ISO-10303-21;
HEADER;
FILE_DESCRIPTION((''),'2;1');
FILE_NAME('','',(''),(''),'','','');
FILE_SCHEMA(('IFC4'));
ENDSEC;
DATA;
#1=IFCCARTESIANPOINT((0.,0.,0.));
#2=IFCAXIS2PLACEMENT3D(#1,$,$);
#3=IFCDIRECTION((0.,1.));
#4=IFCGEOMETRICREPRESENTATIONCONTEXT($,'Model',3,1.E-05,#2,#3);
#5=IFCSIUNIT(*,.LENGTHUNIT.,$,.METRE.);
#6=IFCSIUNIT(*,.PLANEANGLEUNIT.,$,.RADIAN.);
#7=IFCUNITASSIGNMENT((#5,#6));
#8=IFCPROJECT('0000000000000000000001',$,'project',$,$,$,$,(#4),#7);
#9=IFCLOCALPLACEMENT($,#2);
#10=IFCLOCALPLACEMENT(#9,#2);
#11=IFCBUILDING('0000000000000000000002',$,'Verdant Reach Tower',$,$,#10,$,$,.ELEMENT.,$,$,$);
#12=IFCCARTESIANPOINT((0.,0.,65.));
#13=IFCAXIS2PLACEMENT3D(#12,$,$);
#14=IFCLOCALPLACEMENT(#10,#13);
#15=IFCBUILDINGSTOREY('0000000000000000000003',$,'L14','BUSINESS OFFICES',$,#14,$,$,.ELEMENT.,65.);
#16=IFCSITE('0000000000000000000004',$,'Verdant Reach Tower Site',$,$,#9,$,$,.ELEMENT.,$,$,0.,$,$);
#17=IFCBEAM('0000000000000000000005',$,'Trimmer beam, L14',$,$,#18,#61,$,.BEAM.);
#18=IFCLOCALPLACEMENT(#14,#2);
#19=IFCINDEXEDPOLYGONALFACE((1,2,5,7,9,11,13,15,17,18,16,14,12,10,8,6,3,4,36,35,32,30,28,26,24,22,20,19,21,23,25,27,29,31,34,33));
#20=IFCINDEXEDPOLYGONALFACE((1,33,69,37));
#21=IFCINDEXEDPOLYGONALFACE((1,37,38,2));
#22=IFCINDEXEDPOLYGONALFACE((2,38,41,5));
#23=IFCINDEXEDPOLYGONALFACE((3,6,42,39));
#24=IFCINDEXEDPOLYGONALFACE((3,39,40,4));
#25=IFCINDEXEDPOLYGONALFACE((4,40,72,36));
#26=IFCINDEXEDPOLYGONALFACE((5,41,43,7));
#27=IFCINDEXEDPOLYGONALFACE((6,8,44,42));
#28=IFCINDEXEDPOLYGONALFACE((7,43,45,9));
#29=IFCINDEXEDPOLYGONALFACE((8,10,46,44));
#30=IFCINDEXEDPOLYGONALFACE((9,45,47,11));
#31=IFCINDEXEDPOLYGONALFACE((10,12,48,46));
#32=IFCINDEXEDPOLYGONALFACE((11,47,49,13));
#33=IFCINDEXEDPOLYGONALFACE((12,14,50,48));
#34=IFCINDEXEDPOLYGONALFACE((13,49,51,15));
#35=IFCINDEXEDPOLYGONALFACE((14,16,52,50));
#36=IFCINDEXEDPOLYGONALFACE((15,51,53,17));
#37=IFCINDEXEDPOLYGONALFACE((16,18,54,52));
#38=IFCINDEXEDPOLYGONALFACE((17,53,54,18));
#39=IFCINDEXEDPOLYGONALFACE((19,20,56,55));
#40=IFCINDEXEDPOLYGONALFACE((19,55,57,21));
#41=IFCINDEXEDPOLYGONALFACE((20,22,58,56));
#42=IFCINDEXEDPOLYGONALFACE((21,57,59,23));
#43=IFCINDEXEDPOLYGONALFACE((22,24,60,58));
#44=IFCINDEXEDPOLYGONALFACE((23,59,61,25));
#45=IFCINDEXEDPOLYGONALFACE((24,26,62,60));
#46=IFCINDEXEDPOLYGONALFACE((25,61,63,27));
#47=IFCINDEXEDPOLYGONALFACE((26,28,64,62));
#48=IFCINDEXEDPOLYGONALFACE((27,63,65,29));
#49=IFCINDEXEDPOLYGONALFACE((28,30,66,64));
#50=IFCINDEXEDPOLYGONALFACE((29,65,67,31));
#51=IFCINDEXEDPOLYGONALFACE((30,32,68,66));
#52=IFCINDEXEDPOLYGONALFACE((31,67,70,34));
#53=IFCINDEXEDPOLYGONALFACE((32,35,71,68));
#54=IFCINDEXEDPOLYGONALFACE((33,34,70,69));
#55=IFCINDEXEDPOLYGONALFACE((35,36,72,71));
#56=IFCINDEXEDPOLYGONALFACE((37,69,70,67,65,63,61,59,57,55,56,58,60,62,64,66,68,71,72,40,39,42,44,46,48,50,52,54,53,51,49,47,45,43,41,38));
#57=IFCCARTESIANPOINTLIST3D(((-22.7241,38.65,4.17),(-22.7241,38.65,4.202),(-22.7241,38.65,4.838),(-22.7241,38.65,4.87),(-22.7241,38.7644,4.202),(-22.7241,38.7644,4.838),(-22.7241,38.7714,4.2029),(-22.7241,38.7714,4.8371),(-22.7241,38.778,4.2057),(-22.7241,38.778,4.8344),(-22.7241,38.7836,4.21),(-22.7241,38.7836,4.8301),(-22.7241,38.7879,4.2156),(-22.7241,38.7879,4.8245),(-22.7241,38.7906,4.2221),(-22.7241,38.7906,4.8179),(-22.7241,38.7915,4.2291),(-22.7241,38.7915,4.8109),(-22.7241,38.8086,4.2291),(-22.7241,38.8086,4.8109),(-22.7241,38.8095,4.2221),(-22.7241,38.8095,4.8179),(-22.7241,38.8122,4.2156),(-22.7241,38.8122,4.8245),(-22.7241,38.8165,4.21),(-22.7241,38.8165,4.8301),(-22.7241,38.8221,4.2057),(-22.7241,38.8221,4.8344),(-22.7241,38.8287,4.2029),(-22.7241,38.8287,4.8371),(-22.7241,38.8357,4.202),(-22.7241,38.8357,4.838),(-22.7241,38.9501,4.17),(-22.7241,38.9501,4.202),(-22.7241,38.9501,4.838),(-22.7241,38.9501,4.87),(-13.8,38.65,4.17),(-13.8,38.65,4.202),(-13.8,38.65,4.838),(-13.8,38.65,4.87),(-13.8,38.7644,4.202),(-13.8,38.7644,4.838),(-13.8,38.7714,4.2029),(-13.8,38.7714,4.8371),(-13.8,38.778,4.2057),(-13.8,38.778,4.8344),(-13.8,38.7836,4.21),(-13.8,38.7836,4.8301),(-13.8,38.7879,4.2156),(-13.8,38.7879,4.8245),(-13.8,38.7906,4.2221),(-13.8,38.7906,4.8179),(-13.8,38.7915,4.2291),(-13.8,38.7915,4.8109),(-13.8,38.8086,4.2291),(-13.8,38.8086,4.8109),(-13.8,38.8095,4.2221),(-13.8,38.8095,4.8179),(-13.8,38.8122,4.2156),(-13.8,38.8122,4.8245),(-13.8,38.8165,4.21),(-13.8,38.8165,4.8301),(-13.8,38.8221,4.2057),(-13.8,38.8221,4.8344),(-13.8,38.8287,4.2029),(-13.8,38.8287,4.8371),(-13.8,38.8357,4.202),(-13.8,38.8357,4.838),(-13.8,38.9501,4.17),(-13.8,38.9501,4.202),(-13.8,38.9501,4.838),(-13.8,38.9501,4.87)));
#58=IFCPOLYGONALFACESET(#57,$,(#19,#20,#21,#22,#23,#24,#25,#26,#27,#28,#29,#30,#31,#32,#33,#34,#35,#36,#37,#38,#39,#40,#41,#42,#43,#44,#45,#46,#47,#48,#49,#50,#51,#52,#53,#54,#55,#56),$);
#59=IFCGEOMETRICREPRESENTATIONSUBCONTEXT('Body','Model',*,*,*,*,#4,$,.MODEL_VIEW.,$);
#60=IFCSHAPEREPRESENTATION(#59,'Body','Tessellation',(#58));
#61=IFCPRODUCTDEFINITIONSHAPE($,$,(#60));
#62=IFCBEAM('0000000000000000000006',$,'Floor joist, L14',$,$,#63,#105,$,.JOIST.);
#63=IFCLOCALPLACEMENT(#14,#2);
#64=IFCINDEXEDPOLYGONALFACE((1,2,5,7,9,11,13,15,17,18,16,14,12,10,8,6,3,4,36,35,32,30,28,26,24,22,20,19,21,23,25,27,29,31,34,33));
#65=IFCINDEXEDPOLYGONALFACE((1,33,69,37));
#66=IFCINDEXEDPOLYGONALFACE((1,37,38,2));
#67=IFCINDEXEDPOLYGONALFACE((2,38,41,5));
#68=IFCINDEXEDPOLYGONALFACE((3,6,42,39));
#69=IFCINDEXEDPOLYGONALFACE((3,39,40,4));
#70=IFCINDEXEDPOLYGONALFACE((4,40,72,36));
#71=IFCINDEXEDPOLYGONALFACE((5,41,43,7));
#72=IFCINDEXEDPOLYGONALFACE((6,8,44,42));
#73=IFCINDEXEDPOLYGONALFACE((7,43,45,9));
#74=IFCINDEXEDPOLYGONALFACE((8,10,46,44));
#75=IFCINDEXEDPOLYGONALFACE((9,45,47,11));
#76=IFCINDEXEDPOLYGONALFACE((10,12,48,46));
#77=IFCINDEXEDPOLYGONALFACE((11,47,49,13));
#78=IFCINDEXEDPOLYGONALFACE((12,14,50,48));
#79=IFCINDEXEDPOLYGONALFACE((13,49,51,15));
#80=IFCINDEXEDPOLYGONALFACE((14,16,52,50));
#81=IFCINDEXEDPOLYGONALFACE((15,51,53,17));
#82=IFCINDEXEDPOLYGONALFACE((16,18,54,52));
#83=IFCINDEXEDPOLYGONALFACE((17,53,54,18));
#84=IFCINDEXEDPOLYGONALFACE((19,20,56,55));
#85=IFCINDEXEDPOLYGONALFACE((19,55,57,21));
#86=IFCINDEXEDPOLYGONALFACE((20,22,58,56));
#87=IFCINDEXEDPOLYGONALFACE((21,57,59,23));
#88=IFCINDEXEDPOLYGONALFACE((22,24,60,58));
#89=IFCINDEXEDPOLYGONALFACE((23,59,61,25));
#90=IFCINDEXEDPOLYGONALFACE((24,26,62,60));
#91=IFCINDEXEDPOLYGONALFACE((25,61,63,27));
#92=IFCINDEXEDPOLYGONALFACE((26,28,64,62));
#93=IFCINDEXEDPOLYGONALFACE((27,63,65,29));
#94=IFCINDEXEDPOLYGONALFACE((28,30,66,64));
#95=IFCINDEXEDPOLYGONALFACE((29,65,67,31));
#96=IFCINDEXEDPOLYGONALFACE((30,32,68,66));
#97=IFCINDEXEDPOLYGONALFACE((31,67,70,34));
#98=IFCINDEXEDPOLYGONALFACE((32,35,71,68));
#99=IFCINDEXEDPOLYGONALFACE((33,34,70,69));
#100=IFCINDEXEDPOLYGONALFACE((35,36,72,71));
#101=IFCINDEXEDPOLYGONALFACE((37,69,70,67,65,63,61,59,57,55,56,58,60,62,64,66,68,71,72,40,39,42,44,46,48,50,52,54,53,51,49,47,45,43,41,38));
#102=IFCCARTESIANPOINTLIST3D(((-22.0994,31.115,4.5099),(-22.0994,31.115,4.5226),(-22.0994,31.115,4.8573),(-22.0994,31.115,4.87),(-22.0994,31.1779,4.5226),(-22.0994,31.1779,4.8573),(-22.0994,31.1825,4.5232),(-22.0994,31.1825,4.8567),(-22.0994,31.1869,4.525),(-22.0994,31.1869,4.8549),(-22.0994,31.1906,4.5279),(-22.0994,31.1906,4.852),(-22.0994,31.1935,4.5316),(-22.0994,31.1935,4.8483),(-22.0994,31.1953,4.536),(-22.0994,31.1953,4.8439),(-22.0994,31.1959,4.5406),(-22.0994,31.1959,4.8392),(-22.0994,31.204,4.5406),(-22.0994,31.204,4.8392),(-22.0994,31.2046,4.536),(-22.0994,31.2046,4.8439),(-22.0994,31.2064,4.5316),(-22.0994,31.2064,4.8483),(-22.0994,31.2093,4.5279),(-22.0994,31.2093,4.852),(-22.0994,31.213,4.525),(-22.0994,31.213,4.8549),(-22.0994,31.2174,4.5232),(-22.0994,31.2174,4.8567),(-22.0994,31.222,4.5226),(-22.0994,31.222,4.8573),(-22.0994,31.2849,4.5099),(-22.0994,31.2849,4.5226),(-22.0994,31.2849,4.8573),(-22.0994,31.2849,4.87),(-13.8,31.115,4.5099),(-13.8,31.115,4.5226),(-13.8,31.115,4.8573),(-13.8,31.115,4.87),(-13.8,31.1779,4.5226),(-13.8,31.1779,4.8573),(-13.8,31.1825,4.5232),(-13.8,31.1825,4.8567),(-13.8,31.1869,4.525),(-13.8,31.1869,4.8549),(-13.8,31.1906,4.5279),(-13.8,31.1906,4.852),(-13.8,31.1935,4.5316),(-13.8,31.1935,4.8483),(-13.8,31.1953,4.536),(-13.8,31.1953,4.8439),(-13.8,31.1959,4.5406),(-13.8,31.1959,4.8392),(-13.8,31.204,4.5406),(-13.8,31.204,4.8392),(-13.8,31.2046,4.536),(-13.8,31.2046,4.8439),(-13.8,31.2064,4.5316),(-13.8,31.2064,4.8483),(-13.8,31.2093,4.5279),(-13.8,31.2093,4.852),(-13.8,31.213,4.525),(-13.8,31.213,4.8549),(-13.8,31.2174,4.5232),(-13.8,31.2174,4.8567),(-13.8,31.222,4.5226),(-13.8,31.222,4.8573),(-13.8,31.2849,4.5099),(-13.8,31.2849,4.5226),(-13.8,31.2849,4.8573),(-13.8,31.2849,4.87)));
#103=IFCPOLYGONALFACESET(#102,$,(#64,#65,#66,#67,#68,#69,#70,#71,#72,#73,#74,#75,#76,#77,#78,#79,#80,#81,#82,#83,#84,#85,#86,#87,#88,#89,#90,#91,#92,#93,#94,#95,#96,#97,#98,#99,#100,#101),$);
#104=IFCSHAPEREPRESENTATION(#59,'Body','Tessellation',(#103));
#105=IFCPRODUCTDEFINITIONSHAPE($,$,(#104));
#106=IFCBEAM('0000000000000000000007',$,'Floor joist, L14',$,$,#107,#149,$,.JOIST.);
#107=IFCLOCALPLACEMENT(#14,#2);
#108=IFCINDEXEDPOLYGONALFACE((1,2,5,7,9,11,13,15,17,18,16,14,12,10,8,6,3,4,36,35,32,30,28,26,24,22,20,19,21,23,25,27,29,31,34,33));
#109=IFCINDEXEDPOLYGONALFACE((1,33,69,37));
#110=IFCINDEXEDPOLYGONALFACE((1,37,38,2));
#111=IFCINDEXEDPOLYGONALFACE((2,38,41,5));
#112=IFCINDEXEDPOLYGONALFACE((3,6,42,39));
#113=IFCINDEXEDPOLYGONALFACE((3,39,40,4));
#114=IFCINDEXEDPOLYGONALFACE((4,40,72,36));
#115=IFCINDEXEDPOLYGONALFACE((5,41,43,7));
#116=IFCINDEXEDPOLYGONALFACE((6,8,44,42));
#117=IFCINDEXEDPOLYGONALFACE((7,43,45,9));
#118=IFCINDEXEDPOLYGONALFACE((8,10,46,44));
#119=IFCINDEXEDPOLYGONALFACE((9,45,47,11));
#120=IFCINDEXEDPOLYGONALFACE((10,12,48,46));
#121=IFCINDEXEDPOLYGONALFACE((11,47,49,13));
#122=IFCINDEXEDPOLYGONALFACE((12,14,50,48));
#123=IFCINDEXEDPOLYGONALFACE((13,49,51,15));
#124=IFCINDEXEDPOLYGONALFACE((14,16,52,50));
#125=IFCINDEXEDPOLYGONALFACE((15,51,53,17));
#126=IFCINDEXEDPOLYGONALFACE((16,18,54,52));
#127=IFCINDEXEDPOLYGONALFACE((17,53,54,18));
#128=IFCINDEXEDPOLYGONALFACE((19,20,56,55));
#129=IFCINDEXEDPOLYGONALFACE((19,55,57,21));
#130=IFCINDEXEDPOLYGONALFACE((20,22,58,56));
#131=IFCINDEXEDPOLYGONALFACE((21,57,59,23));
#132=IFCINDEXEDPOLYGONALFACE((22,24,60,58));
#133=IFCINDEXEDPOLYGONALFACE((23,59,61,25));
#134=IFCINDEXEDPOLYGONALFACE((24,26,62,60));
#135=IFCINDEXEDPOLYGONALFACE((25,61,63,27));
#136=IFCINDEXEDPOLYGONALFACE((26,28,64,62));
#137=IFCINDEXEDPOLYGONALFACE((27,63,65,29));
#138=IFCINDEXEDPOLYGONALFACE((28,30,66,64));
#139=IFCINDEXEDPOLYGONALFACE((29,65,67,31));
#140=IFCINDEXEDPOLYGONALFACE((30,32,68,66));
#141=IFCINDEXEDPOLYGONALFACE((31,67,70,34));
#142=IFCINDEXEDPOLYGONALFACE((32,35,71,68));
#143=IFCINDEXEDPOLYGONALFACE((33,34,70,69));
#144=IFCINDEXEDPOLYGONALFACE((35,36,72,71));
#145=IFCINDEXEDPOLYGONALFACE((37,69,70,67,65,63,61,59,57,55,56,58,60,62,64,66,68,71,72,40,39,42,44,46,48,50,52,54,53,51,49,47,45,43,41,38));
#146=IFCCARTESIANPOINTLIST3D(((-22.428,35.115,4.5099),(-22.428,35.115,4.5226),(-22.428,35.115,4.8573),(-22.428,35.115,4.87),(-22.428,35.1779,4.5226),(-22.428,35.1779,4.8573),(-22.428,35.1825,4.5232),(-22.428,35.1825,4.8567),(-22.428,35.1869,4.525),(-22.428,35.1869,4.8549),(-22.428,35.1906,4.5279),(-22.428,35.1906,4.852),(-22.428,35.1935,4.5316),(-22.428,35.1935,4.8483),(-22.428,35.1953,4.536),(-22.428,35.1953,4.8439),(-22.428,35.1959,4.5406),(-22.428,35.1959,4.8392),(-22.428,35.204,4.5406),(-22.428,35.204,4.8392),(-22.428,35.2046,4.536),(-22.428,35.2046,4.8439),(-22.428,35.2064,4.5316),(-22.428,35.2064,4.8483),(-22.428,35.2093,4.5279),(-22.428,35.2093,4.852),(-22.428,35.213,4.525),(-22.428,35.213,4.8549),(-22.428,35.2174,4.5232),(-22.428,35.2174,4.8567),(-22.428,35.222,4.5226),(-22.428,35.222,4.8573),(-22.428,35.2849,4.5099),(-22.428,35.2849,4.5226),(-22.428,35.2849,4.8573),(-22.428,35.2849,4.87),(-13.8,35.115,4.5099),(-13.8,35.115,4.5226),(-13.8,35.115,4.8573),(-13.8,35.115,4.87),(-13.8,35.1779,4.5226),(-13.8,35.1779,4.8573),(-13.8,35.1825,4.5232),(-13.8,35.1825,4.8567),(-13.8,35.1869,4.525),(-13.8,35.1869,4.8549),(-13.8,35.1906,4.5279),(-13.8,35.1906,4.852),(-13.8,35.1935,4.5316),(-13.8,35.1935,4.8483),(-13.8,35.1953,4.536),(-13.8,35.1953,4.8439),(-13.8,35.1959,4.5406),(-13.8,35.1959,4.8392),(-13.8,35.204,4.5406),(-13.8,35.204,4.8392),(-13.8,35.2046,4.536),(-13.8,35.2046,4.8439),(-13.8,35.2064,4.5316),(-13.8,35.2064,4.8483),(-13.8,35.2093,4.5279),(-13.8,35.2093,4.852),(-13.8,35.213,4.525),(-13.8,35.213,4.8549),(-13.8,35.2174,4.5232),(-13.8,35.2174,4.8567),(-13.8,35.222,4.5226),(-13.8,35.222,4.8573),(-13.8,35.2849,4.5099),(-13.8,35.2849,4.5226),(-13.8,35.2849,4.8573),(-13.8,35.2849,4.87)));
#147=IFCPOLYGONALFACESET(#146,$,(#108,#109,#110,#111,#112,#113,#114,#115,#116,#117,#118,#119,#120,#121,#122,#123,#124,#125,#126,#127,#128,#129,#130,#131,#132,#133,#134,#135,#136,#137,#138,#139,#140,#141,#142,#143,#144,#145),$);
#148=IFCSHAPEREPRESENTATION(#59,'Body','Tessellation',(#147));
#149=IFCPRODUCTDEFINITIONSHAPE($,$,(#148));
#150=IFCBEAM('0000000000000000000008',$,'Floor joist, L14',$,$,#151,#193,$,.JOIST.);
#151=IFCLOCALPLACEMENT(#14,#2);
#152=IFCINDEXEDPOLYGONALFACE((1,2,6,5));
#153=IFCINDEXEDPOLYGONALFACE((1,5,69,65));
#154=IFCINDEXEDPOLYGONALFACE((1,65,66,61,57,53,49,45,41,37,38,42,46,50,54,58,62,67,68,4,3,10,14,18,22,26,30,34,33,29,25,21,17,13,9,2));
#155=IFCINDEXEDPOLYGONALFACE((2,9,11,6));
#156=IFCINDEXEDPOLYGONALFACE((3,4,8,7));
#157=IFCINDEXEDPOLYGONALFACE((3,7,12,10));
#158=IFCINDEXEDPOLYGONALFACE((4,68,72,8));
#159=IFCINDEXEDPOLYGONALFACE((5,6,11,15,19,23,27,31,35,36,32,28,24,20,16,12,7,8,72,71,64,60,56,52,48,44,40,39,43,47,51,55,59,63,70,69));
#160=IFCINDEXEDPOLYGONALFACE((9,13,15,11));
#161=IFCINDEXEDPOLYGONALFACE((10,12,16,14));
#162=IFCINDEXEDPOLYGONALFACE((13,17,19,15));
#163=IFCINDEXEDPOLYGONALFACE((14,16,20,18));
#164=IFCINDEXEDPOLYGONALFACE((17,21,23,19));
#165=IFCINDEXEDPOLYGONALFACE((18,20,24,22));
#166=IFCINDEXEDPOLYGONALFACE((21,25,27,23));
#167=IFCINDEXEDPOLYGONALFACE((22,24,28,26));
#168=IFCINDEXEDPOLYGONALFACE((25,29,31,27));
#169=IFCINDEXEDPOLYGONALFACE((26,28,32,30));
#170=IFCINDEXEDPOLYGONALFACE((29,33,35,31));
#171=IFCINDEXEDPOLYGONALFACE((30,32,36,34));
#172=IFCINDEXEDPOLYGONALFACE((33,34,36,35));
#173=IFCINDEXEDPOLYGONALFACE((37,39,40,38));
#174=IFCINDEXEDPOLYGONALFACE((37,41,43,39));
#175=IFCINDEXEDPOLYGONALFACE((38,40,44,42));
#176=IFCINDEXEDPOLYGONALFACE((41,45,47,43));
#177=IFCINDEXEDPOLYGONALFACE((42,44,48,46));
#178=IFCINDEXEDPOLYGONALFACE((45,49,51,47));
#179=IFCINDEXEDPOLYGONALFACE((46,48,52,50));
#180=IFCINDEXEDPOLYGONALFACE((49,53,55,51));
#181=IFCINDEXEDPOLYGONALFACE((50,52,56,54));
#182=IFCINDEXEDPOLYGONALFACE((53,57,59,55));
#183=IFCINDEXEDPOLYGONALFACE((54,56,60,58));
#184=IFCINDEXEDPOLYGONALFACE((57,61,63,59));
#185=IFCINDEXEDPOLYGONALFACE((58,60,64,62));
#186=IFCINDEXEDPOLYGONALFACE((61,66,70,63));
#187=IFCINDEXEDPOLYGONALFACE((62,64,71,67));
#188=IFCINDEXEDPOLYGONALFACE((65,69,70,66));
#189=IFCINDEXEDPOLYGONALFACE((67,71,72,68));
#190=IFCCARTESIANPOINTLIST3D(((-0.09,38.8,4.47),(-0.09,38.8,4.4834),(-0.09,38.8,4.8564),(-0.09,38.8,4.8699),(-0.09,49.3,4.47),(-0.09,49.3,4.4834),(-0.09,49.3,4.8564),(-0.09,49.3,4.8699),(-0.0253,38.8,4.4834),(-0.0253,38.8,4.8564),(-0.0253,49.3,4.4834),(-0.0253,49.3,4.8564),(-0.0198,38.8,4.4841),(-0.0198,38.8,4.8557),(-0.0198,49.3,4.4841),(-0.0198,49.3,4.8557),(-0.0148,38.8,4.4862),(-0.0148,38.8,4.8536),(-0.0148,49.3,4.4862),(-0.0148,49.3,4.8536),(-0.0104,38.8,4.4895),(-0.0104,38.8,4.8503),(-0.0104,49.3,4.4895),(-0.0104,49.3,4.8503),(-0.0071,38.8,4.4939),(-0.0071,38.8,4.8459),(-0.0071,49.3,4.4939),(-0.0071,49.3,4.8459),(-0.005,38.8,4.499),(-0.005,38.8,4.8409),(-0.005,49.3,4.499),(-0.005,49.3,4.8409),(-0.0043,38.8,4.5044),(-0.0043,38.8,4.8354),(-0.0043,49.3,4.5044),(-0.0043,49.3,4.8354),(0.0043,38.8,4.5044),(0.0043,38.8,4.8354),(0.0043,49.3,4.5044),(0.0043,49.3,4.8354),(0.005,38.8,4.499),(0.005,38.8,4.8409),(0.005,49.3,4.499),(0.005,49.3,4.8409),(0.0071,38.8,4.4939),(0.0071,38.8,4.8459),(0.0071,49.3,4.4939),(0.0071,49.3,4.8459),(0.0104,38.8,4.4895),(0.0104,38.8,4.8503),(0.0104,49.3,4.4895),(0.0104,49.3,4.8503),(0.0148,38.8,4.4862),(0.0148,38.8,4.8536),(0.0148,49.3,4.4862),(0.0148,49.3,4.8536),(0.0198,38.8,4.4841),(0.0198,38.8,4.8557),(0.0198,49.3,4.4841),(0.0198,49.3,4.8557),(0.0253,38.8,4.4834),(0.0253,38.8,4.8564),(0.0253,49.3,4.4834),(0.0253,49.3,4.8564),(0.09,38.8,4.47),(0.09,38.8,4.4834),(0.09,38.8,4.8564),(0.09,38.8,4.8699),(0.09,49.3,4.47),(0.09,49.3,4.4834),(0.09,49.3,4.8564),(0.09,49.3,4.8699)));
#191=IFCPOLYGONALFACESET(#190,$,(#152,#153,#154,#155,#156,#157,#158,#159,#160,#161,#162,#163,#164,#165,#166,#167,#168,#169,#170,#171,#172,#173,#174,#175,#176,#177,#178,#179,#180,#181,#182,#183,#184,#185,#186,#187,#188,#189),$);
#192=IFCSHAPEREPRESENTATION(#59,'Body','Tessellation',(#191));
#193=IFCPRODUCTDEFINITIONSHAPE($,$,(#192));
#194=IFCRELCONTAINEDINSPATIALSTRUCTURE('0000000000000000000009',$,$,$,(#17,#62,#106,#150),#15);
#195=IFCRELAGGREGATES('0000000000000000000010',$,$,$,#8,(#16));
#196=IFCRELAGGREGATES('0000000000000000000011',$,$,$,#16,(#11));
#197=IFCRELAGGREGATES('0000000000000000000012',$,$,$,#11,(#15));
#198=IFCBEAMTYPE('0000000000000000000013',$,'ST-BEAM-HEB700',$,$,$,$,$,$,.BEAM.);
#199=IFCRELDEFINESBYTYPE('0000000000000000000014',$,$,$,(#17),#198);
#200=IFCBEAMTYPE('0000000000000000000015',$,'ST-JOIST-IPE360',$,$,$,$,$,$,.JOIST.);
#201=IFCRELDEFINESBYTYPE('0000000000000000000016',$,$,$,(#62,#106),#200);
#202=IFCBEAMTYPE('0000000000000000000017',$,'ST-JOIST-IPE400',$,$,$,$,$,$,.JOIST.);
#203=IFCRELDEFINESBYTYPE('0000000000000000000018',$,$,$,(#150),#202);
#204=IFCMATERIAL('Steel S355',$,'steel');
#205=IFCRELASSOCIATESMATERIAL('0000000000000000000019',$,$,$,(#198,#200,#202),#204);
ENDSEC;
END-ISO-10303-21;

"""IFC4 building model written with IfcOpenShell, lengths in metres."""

from ifc_helpers import new_model, si_unit, direction, frame, origin, origin_2d, place, context, subcontext, project, spatial, i_section, extrude, material, material_profile, profile_set, type_object, element, save


model = new_model("IFC4")

# Units and contexts
model_context = context("Model", 3, precision=1e-05, world=origin(), true_north=direction((0.0, 1.0)))
body_context = subcontext(model_context, "Body", "Model", "MODEL_VIEW")
ifc_project = project(units=[si_unit("LENGTHUNIT", "METRE"), si_unit("PLANEANGLEUNIT", "RADIAN")], contexts=[model_context])

# Site, building, storey
site_placement = place(None, origin())
site = spatial("IfcSite", under=ifc_project, at=site_placement, Name="Verdant Reach Tower Site", CompositionType="ELEMENT", RefElevation=0.0)
building_placement = place(site_placement, origin())
building = spatial("IfcBuilding", under=site, at=building_placement, Name="Verdant Reach Tower", CompositionType="ELEMENT")
storey_placement = place(building_placement, frame((0.0, 0.0, 65.0)))
storey = spatial("IfcBuildingStorey", under=building, at=storey_placement, Name="L14", Description="BUSINESS OFFICES", CompositionType="ELEMENT", Elevation=65.0)

# Beams
ifc_material_1 = material(Name="Steel S355", Category="steel")
ifc_material_profile_1 = material_profile(ifc_material_1, i_section(OverallWidth=0.3, OverallDepth=0.7, WebThickness=0.0171, FlangeThickness=0.032, FilletRadius=0.0271, at=origin_2d()), Name="HEB 700")
ifc_profile_set_1 = profile_set([ifc_material_profile_1], Name="Steel S355")
beam_type_1 = type_object("IfcBeamType", Name="ST-BEAM-HEB700", PredefinedType="BEAM", material=ifc_profile_set_1)
beam_1_placement = place(storey_placement, frame((-13.8, 38.8, 4.52), z_axis=(-1.0, 0.0, 0.0), x_axis=(0.0, -1.0, 0.0)))
element("IfcBeam", 1, at=beam_1_placement, inside=storey, type_object=beam_type_1, Name="Trimmer beam, L14", PredefinedType="BEAM", context=body_context, shape_type="SweptSolid", body=[
    extrude(i_section(OverallWidth=0.3, OverallDepth=0.7, WebThickness=0.0171, FlangeThickness=0.032, FilletRadius=0.0271, at=origin_2d()), origin(), (0.0, 0.0, 1.0), 8.9241),
])
ifc_material_profile_2 = material_profile(ifc_material_1, i_section(OverallWidth=0.1699, OverallDepth=0.3601, WebThickness=0.0081, FlangeThickness=0.0127, FilletRadius=0.0181, at=origin_2d()), Name="IPE 360")
ifc_profile_set_2 = profile_set([ifc_material_profile_2], Name="Steel S355")
beam_type_2 = type_object("IfcBeamType", Name="ST-JOIST-IPE360", PredefinedType="JOIST", material=ifc_profile_set_2)
beam_2_placement = place(storey_placement, frame((-13.8, 31.2, 4.6899), z_axis=(-1.0, 0.0, 0.0), x_axis=(0.0, -1.0, 0.0)))
element("IfcBeam", 2, at=beam_2_placement, inside=storey, type_object=beam_type_2, Name="Floor joist, L14", PredefinedType="JOIST", context=body_context, shape_type="SweptSolid", body=[
    extrude(i_section(OverallWidth=0.1699, OverallDepth=0.3601, WebThickness=0.0081, FlangeThickness=0.0127, FilletRadius=0.0181, at=origin_2d()), origin(), (0.0, 0.0, 1.0), 8.2993),
])
beam_3_placement = place(storey_placement, frame((-13.8, 35.2, 4.6899), z_axis=(-1.0, 0.0, 0.0), x_axis=(0.0, -1.0, 0.0)))
element("IfcBeam", 3, at=beam_3_placement, inside=storey, type_object=beam_type_2, Name="Floor joist, L14", PredefinedType="JOIST", context=body_context, shape_type="SweptSolid", body=[
    extrude(i_section(OverallWidth=0.1699, OverallDepth=0.3601, WebThickness=0.0081, FlangeThickness=0.0127, FilletRadius=0.0181, at=origin_2d()), origin(), (0.0, 0.0, 1.0), 8.6279),
])
ifc_material_profile_3 = material_profile(ifc_material_1, i_section(OverallWidth=0.1799, OverallDepth=0.3999, WebThickness=0.0085, FlangeThickness=0.0134, FilletRadius=0.021, at=origin_2d()), Name="IPE 400")
ifc_profile_set_3 = profile_set([ifc_material_profile_3], Name="Steel S355")
beam_type_3 = type_object("IfcBeamType", Name="ST-JOIST-IPE400", PredefinedType="JOIST", material=ifc_profile_set_3)
beam_4_placement = place(storey_placement, frame((0.0, 38.8, 4.6699), z_axis=(0.0, 1.0, 0.0), x_axis=(-1.0, 0.0, 0.0)))
element("IfcBeam", 4, at=beam_4_placement, inside=storey, type_object=beam_type_3, Name="Floor joist, L14", PredefinedType="JOIST", context=body_context, shape_type="SweptSolid", body=[
    extrude(i_section(OverallWidth=0.1799, OverallDepth=0.3999, WebThickness=0.0085, FlangeThickness=0.0134, FilletRadius=0.021, at=origin_2d()), origin(), (0.0, 0.0, 1.0), 10.5),
])

save(model, "model.ifc")
